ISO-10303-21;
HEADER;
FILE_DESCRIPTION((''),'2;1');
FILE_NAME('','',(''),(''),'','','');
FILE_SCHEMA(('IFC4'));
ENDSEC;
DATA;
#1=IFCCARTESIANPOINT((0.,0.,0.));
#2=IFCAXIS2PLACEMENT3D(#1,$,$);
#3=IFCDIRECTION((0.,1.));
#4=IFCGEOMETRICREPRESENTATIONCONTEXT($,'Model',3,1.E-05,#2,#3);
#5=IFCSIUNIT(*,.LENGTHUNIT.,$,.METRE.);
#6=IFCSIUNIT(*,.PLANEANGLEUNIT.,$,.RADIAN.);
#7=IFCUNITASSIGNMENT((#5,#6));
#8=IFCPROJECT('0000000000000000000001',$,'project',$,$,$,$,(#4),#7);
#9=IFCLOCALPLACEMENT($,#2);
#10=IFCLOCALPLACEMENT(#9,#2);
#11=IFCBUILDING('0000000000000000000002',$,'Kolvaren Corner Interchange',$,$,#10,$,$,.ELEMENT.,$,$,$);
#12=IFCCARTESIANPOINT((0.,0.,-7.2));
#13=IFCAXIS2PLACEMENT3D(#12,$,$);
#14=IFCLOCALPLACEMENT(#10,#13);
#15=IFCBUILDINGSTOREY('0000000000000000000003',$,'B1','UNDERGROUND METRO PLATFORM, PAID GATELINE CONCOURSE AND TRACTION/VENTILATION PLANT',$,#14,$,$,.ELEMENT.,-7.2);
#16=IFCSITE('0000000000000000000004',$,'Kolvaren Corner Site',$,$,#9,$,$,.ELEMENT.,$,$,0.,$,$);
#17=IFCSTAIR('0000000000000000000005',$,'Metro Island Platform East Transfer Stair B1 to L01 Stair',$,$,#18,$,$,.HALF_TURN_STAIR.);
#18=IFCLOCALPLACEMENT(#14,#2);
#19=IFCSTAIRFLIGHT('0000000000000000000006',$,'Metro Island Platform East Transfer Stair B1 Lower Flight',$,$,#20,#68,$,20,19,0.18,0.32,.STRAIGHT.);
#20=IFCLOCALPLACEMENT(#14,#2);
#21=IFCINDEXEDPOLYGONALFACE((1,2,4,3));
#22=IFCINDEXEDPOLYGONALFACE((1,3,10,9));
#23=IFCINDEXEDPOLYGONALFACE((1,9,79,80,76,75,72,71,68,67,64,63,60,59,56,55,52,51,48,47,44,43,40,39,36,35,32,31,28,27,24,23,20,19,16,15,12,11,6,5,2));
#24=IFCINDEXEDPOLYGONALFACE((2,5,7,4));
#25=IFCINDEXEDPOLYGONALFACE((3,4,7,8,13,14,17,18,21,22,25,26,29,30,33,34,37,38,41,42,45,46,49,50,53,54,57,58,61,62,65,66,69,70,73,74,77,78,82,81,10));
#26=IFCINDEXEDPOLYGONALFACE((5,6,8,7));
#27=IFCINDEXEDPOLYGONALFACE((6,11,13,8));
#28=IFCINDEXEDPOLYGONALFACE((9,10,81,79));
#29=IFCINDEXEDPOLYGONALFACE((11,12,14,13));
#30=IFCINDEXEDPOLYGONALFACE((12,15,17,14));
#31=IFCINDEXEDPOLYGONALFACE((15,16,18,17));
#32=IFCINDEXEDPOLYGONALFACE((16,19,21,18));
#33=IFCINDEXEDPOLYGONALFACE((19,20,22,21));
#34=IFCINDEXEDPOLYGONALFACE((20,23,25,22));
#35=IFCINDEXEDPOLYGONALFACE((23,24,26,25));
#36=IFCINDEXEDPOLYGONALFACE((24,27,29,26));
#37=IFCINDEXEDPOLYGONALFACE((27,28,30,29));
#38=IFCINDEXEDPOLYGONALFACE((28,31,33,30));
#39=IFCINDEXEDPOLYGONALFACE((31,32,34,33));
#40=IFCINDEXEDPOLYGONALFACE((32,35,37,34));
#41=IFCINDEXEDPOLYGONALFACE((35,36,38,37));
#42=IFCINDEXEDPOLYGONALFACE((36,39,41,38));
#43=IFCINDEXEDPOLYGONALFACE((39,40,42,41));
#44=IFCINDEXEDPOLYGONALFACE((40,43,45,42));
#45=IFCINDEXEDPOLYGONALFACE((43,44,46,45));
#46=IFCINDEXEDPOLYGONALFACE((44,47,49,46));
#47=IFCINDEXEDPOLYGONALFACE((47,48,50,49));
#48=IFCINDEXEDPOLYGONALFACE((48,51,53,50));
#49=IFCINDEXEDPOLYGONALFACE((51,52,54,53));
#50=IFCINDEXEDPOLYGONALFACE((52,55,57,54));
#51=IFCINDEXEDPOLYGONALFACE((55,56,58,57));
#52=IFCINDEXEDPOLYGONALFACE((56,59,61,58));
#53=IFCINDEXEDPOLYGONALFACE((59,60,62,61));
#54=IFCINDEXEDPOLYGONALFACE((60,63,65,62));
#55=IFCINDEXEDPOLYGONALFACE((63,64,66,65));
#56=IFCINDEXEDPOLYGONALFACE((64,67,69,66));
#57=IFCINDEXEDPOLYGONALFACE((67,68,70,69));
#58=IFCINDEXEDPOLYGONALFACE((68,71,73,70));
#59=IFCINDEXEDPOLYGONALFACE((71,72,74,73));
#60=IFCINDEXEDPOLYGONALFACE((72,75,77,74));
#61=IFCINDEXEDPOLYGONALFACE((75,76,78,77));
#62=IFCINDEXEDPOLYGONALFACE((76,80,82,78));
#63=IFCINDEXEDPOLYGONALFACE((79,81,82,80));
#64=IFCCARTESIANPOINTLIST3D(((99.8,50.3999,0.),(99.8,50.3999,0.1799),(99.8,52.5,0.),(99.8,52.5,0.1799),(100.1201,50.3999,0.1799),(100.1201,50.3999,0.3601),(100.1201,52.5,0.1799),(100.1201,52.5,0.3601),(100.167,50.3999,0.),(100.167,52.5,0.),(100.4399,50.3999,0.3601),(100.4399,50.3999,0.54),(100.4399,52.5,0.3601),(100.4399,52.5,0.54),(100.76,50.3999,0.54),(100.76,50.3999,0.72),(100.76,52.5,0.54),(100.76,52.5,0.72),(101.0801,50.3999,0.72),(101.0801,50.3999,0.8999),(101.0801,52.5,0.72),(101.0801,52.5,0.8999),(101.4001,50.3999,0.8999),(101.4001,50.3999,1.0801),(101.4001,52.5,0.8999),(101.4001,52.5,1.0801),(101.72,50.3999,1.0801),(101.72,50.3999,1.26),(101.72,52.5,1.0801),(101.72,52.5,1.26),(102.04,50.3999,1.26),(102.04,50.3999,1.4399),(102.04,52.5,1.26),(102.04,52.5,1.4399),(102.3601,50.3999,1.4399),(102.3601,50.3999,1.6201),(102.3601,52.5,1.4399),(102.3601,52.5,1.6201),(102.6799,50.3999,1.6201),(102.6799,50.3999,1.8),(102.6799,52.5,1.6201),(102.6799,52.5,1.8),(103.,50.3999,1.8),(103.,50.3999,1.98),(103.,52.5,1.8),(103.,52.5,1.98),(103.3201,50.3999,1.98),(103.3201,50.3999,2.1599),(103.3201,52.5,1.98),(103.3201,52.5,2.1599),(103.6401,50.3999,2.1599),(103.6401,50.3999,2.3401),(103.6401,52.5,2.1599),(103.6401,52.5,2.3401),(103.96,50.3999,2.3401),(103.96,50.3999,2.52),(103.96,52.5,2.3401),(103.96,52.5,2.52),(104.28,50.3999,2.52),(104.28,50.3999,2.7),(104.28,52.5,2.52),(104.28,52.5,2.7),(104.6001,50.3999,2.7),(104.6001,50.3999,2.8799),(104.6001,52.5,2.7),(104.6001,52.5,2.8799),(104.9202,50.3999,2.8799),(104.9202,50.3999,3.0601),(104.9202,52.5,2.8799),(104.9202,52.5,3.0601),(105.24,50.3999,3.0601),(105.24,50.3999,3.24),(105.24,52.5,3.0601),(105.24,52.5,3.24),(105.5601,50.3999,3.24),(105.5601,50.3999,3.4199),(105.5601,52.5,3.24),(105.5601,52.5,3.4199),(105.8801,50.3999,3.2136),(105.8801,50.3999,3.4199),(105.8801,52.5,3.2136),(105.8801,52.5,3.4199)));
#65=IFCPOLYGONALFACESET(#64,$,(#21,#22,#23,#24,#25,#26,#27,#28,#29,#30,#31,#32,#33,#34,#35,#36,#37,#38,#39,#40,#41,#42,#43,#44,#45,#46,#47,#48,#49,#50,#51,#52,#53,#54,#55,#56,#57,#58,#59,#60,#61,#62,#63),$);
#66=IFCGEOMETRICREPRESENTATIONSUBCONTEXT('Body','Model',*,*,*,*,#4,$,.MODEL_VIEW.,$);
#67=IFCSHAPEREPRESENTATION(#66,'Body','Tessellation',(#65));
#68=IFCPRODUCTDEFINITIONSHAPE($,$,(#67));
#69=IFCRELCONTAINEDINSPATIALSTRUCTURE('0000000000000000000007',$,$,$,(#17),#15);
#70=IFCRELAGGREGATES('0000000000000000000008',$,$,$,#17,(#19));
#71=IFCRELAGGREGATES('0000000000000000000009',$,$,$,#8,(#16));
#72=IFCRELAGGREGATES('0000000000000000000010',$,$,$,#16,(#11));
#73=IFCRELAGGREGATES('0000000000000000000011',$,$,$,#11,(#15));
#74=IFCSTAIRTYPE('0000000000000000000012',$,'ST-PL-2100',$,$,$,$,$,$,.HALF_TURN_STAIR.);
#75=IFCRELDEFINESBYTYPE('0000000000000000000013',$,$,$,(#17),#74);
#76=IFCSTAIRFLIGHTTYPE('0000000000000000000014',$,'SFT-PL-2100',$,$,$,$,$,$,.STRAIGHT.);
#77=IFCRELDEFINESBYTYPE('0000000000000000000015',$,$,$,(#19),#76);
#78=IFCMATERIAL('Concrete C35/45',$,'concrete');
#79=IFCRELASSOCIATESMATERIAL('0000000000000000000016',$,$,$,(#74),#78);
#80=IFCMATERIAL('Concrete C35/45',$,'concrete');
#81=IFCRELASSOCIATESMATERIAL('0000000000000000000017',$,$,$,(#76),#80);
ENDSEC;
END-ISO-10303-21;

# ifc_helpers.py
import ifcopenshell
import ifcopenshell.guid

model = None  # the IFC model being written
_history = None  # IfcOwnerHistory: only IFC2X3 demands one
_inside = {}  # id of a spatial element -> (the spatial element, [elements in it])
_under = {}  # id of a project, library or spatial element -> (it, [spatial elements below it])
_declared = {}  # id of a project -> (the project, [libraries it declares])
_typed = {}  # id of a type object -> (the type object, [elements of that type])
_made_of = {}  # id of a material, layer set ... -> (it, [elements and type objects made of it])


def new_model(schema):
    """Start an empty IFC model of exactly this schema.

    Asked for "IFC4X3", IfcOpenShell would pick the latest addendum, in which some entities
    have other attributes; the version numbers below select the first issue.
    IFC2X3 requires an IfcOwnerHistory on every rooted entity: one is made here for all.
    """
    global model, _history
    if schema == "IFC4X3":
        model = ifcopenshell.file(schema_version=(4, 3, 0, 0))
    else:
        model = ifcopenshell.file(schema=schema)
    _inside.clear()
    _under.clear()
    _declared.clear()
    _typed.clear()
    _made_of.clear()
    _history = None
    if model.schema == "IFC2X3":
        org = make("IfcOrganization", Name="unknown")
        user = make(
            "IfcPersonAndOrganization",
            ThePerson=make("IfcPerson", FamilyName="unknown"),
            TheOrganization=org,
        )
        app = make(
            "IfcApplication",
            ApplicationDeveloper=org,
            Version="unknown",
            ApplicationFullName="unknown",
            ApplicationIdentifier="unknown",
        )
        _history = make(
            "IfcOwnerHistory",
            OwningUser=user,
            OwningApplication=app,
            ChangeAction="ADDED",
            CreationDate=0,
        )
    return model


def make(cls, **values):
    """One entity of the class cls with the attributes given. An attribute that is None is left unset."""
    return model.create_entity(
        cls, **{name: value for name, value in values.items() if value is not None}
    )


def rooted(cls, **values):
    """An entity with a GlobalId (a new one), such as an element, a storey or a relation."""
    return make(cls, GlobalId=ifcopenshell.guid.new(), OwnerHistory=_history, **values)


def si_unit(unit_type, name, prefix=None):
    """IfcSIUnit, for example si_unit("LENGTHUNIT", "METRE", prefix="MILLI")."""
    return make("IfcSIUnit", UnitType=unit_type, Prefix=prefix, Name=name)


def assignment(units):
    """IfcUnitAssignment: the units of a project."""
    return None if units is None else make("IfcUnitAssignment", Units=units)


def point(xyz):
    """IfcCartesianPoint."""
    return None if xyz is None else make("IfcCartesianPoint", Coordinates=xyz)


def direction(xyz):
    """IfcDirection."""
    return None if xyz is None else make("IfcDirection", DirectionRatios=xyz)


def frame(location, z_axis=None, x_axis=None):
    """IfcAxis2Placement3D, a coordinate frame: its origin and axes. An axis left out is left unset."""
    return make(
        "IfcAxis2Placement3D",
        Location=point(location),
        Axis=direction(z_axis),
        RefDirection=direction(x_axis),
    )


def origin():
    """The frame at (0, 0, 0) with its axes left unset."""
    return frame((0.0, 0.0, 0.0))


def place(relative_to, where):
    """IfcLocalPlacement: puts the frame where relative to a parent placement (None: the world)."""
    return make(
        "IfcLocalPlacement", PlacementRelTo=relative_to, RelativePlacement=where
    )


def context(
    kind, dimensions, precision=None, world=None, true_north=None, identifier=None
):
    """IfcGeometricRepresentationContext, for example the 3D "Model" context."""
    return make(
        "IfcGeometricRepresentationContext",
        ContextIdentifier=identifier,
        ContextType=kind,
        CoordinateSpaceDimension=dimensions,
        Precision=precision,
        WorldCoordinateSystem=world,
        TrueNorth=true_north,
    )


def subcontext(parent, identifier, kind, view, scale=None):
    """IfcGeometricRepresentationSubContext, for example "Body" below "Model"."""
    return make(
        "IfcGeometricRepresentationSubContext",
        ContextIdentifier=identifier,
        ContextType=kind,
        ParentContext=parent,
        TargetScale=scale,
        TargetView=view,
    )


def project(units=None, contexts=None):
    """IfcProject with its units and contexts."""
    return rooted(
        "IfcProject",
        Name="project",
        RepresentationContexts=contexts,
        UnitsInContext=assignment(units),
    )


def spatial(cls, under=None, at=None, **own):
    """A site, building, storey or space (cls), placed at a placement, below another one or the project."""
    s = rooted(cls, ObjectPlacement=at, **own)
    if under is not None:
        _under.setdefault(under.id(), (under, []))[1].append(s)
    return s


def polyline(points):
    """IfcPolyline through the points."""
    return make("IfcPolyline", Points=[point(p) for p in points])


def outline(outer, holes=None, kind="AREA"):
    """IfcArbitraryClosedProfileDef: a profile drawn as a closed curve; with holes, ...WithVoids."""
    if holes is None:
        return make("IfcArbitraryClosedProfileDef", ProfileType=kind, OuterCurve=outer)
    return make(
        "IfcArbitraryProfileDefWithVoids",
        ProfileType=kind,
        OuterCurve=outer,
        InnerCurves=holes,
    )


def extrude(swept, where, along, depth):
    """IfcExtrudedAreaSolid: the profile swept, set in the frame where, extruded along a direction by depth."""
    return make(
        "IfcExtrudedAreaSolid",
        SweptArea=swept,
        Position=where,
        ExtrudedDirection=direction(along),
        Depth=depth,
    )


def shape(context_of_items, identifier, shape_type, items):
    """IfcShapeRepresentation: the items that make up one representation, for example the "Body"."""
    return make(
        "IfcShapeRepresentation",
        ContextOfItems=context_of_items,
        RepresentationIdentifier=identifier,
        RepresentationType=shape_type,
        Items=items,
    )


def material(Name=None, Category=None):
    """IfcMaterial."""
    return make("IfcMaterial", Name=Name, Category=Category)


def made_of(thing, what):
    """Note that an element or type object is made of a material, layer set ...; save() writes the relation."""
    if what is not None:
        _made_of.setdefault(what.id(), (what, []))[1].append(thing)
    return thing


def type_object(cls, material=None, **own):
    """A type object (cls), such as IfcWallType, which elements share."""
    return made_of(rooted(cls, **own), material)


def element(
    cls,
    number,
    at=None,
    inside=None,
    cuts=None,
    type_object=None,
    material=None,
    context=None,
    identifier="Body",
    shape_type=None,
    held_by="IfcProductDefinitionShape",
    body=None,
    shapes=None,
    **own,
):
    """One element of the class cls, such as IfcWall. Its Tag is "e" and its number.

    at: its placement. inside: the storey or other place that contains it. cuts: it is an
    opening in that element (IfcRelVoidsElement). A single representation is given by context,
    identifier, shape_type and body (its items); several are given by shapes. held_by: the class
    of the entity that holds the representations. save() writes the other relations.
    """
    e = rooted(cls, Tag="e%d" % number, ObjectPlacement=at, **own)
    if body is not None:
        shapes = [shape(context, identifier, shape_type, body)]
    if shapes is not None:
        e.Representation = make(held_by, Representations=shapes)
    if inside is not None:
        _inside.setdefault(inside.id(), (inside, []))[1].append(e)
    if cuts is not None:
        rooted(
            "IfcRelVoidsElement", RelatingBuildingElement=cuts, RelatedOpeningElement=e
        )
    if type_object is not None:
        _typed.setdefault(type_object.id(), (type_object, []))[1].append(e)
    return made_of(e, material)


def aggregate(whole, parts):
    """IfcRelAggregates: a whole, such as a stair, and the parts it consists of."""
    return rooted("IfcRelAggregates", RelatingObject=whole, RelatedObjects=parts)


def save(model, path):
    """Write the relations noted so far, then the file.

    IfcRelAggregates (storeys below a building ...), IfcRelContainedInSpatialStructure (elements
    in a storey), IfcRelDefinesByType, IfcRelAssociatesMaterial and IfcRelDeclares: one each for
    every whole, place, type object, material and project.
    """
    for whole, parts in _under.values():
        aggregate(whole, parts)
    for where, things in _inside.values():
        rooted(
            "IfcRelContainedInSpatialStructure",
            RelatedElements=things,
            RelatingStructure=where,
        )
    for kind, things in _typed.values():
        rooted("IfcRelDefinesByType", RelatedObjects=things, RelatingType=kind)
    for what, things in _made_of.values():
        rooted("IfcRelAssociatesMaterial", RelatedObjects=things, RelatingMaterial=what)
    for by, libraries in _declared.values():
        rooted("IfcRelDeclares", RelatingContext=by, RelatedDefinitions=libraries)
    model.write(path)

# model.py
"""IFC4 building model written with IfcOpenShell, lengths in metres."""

from ifc_helpers import new_model, si_unit, direction, frame, origin, place, context, subcontext, project, spatial, polyline, outline, extrude, material, type_object, element, aggregate, save


model = new_model("IFC4")

# Units and contexts
model_context = context("Model", 3, precision=1e-05, world=origin(), true_north=direction((0.0, 1.0)))
body_context = subcontext(model_context, "Body", "Model", "MODEL_VIEW")
ifc_project = project(units=[si_unit("LENGTHUNIT", "METRE"), si_unit("PLANEANGLEUNIT", "RADIAN")], contexts=[model_context])

# Site, building, storey
site_placement = place(None, origin())
site = spatial("IfcSite", under=ifc_project, at=site_placement, Name="Kolvaren Corner Site", CompositionType="ELEMENT", RefElevation=0.0)
building_placement = place(site_placement, origin())
building = spatial("IfcBuilding", under=site, at=building_placement, Name="Kolvaren Corner Interchange", CompositionType="ELEMENT")
storey_placement = place(building_placement, frame((0.0, 0.0, -7.2)))
storey = spatial("IfcBuildingStorey", under=building, at=storey_placement, Name="B1", Description="UNDERGROUND METRO PLATFORM, PAID GATELINE CONCOURSE AND TRACTION/VENTILATION PLANT", CompositionType="ELEMENT", Elevation=-7.2)

# Stair, stair flight
ifc_material_1 = material(Name="Concrete C35/45", Category="concrete")
stair_type = type_object("IfcStairType", Name="ST-PL-2100", PredefinedType="HALF_TURN_STAIR", material=ifc_material_1)
stair_placement = place(storey_placement, origin())
stair = element("IfcStair", 1, at=stair_placement, inside=storey, type_object=stair_type, Name="Metro Island Platform East Transfer Stair B1 to L01 Stair", PredefinedType="HALF_TURN_STAIR")
ifc_material_2 = material(Name="Concrete C35/45", Category="concrete")
stair_flight_type = type_object("IfcStairFlightType", Name="SFT-PL-2100", PredefinedType="STRAIGHT", material=ifc_material_2)
stair_flight_placement = place(storey_placement, frame((99.8, 51.45, 0.0), z_axis=(0.0, 0.0, 1.0), x_axis=(1.0, 0.0, 0.0)))
stair_flight = element("IfcStairFlight", 2, at=stair_flight_placement, type_object=stair_flight_type, Name="Metro Island Platform East Transfer Stair B1 Lower Flight", NumberOfRisers=20, NumberOfTreads=19, PredefinedType="STRAIGHT", RiserHeight=0.18, TreadLength=0.32, context=body_context, shape_type="SweptSolid", body=[
    extrude(outline(polyline([(0.0, 0.0), (0.0, 0.1799), (0.3201, 0.1799), (0.3201, 0.3601), (0.6399, 0.3601), (0.6399, 0.54), (0.96, 0.54), (0.96, 0.72), (1.28, 0.72), (1.28, 0.8999), (1.6001, 0.8999), (1.6001, 1.0801), (1.9199, 1.0801), (1.9199, 1.26), (2.24, 1.26), (2.24, 1.4399), (2.5601, 1.4399), (2.5601, 1.6201), (2.8799, 1.6201), (2.8799, 1.8), (3.2, 1.8), (3.2, 1.98), (3.52, 1.98), (3.52, 2.1599), (3.8401, 2.1599), (3.8401, 2.3401), (4.1599, 2.3401), (4.1599, 2.52), (4.48, 2.52), (4.48, 2.7), (4.8, 2.7), (4.8, 2.8799), (5.1201, 2.8799), (5.1201, 3.0601), (5.4399, 3.0601), (5.4399, 3.24), (5.76, 3.24), (5.76, 3.4199), (6.0801, 3.4199), (6.0801, 3.6001), (6.0801, 3.2136), (0.3669, 0.0), (0.0, 0.0)])), frame((0.0, 1.05, 0.0), z_axis=(0.0, -1.0, 0.0), x_axis=(1.0, 0.0, 0.0)), (0.0, 0.0, 1.0), 2.1001),
])
aggregate(stair, [stair_flight])

save(model, "model.ifc")
